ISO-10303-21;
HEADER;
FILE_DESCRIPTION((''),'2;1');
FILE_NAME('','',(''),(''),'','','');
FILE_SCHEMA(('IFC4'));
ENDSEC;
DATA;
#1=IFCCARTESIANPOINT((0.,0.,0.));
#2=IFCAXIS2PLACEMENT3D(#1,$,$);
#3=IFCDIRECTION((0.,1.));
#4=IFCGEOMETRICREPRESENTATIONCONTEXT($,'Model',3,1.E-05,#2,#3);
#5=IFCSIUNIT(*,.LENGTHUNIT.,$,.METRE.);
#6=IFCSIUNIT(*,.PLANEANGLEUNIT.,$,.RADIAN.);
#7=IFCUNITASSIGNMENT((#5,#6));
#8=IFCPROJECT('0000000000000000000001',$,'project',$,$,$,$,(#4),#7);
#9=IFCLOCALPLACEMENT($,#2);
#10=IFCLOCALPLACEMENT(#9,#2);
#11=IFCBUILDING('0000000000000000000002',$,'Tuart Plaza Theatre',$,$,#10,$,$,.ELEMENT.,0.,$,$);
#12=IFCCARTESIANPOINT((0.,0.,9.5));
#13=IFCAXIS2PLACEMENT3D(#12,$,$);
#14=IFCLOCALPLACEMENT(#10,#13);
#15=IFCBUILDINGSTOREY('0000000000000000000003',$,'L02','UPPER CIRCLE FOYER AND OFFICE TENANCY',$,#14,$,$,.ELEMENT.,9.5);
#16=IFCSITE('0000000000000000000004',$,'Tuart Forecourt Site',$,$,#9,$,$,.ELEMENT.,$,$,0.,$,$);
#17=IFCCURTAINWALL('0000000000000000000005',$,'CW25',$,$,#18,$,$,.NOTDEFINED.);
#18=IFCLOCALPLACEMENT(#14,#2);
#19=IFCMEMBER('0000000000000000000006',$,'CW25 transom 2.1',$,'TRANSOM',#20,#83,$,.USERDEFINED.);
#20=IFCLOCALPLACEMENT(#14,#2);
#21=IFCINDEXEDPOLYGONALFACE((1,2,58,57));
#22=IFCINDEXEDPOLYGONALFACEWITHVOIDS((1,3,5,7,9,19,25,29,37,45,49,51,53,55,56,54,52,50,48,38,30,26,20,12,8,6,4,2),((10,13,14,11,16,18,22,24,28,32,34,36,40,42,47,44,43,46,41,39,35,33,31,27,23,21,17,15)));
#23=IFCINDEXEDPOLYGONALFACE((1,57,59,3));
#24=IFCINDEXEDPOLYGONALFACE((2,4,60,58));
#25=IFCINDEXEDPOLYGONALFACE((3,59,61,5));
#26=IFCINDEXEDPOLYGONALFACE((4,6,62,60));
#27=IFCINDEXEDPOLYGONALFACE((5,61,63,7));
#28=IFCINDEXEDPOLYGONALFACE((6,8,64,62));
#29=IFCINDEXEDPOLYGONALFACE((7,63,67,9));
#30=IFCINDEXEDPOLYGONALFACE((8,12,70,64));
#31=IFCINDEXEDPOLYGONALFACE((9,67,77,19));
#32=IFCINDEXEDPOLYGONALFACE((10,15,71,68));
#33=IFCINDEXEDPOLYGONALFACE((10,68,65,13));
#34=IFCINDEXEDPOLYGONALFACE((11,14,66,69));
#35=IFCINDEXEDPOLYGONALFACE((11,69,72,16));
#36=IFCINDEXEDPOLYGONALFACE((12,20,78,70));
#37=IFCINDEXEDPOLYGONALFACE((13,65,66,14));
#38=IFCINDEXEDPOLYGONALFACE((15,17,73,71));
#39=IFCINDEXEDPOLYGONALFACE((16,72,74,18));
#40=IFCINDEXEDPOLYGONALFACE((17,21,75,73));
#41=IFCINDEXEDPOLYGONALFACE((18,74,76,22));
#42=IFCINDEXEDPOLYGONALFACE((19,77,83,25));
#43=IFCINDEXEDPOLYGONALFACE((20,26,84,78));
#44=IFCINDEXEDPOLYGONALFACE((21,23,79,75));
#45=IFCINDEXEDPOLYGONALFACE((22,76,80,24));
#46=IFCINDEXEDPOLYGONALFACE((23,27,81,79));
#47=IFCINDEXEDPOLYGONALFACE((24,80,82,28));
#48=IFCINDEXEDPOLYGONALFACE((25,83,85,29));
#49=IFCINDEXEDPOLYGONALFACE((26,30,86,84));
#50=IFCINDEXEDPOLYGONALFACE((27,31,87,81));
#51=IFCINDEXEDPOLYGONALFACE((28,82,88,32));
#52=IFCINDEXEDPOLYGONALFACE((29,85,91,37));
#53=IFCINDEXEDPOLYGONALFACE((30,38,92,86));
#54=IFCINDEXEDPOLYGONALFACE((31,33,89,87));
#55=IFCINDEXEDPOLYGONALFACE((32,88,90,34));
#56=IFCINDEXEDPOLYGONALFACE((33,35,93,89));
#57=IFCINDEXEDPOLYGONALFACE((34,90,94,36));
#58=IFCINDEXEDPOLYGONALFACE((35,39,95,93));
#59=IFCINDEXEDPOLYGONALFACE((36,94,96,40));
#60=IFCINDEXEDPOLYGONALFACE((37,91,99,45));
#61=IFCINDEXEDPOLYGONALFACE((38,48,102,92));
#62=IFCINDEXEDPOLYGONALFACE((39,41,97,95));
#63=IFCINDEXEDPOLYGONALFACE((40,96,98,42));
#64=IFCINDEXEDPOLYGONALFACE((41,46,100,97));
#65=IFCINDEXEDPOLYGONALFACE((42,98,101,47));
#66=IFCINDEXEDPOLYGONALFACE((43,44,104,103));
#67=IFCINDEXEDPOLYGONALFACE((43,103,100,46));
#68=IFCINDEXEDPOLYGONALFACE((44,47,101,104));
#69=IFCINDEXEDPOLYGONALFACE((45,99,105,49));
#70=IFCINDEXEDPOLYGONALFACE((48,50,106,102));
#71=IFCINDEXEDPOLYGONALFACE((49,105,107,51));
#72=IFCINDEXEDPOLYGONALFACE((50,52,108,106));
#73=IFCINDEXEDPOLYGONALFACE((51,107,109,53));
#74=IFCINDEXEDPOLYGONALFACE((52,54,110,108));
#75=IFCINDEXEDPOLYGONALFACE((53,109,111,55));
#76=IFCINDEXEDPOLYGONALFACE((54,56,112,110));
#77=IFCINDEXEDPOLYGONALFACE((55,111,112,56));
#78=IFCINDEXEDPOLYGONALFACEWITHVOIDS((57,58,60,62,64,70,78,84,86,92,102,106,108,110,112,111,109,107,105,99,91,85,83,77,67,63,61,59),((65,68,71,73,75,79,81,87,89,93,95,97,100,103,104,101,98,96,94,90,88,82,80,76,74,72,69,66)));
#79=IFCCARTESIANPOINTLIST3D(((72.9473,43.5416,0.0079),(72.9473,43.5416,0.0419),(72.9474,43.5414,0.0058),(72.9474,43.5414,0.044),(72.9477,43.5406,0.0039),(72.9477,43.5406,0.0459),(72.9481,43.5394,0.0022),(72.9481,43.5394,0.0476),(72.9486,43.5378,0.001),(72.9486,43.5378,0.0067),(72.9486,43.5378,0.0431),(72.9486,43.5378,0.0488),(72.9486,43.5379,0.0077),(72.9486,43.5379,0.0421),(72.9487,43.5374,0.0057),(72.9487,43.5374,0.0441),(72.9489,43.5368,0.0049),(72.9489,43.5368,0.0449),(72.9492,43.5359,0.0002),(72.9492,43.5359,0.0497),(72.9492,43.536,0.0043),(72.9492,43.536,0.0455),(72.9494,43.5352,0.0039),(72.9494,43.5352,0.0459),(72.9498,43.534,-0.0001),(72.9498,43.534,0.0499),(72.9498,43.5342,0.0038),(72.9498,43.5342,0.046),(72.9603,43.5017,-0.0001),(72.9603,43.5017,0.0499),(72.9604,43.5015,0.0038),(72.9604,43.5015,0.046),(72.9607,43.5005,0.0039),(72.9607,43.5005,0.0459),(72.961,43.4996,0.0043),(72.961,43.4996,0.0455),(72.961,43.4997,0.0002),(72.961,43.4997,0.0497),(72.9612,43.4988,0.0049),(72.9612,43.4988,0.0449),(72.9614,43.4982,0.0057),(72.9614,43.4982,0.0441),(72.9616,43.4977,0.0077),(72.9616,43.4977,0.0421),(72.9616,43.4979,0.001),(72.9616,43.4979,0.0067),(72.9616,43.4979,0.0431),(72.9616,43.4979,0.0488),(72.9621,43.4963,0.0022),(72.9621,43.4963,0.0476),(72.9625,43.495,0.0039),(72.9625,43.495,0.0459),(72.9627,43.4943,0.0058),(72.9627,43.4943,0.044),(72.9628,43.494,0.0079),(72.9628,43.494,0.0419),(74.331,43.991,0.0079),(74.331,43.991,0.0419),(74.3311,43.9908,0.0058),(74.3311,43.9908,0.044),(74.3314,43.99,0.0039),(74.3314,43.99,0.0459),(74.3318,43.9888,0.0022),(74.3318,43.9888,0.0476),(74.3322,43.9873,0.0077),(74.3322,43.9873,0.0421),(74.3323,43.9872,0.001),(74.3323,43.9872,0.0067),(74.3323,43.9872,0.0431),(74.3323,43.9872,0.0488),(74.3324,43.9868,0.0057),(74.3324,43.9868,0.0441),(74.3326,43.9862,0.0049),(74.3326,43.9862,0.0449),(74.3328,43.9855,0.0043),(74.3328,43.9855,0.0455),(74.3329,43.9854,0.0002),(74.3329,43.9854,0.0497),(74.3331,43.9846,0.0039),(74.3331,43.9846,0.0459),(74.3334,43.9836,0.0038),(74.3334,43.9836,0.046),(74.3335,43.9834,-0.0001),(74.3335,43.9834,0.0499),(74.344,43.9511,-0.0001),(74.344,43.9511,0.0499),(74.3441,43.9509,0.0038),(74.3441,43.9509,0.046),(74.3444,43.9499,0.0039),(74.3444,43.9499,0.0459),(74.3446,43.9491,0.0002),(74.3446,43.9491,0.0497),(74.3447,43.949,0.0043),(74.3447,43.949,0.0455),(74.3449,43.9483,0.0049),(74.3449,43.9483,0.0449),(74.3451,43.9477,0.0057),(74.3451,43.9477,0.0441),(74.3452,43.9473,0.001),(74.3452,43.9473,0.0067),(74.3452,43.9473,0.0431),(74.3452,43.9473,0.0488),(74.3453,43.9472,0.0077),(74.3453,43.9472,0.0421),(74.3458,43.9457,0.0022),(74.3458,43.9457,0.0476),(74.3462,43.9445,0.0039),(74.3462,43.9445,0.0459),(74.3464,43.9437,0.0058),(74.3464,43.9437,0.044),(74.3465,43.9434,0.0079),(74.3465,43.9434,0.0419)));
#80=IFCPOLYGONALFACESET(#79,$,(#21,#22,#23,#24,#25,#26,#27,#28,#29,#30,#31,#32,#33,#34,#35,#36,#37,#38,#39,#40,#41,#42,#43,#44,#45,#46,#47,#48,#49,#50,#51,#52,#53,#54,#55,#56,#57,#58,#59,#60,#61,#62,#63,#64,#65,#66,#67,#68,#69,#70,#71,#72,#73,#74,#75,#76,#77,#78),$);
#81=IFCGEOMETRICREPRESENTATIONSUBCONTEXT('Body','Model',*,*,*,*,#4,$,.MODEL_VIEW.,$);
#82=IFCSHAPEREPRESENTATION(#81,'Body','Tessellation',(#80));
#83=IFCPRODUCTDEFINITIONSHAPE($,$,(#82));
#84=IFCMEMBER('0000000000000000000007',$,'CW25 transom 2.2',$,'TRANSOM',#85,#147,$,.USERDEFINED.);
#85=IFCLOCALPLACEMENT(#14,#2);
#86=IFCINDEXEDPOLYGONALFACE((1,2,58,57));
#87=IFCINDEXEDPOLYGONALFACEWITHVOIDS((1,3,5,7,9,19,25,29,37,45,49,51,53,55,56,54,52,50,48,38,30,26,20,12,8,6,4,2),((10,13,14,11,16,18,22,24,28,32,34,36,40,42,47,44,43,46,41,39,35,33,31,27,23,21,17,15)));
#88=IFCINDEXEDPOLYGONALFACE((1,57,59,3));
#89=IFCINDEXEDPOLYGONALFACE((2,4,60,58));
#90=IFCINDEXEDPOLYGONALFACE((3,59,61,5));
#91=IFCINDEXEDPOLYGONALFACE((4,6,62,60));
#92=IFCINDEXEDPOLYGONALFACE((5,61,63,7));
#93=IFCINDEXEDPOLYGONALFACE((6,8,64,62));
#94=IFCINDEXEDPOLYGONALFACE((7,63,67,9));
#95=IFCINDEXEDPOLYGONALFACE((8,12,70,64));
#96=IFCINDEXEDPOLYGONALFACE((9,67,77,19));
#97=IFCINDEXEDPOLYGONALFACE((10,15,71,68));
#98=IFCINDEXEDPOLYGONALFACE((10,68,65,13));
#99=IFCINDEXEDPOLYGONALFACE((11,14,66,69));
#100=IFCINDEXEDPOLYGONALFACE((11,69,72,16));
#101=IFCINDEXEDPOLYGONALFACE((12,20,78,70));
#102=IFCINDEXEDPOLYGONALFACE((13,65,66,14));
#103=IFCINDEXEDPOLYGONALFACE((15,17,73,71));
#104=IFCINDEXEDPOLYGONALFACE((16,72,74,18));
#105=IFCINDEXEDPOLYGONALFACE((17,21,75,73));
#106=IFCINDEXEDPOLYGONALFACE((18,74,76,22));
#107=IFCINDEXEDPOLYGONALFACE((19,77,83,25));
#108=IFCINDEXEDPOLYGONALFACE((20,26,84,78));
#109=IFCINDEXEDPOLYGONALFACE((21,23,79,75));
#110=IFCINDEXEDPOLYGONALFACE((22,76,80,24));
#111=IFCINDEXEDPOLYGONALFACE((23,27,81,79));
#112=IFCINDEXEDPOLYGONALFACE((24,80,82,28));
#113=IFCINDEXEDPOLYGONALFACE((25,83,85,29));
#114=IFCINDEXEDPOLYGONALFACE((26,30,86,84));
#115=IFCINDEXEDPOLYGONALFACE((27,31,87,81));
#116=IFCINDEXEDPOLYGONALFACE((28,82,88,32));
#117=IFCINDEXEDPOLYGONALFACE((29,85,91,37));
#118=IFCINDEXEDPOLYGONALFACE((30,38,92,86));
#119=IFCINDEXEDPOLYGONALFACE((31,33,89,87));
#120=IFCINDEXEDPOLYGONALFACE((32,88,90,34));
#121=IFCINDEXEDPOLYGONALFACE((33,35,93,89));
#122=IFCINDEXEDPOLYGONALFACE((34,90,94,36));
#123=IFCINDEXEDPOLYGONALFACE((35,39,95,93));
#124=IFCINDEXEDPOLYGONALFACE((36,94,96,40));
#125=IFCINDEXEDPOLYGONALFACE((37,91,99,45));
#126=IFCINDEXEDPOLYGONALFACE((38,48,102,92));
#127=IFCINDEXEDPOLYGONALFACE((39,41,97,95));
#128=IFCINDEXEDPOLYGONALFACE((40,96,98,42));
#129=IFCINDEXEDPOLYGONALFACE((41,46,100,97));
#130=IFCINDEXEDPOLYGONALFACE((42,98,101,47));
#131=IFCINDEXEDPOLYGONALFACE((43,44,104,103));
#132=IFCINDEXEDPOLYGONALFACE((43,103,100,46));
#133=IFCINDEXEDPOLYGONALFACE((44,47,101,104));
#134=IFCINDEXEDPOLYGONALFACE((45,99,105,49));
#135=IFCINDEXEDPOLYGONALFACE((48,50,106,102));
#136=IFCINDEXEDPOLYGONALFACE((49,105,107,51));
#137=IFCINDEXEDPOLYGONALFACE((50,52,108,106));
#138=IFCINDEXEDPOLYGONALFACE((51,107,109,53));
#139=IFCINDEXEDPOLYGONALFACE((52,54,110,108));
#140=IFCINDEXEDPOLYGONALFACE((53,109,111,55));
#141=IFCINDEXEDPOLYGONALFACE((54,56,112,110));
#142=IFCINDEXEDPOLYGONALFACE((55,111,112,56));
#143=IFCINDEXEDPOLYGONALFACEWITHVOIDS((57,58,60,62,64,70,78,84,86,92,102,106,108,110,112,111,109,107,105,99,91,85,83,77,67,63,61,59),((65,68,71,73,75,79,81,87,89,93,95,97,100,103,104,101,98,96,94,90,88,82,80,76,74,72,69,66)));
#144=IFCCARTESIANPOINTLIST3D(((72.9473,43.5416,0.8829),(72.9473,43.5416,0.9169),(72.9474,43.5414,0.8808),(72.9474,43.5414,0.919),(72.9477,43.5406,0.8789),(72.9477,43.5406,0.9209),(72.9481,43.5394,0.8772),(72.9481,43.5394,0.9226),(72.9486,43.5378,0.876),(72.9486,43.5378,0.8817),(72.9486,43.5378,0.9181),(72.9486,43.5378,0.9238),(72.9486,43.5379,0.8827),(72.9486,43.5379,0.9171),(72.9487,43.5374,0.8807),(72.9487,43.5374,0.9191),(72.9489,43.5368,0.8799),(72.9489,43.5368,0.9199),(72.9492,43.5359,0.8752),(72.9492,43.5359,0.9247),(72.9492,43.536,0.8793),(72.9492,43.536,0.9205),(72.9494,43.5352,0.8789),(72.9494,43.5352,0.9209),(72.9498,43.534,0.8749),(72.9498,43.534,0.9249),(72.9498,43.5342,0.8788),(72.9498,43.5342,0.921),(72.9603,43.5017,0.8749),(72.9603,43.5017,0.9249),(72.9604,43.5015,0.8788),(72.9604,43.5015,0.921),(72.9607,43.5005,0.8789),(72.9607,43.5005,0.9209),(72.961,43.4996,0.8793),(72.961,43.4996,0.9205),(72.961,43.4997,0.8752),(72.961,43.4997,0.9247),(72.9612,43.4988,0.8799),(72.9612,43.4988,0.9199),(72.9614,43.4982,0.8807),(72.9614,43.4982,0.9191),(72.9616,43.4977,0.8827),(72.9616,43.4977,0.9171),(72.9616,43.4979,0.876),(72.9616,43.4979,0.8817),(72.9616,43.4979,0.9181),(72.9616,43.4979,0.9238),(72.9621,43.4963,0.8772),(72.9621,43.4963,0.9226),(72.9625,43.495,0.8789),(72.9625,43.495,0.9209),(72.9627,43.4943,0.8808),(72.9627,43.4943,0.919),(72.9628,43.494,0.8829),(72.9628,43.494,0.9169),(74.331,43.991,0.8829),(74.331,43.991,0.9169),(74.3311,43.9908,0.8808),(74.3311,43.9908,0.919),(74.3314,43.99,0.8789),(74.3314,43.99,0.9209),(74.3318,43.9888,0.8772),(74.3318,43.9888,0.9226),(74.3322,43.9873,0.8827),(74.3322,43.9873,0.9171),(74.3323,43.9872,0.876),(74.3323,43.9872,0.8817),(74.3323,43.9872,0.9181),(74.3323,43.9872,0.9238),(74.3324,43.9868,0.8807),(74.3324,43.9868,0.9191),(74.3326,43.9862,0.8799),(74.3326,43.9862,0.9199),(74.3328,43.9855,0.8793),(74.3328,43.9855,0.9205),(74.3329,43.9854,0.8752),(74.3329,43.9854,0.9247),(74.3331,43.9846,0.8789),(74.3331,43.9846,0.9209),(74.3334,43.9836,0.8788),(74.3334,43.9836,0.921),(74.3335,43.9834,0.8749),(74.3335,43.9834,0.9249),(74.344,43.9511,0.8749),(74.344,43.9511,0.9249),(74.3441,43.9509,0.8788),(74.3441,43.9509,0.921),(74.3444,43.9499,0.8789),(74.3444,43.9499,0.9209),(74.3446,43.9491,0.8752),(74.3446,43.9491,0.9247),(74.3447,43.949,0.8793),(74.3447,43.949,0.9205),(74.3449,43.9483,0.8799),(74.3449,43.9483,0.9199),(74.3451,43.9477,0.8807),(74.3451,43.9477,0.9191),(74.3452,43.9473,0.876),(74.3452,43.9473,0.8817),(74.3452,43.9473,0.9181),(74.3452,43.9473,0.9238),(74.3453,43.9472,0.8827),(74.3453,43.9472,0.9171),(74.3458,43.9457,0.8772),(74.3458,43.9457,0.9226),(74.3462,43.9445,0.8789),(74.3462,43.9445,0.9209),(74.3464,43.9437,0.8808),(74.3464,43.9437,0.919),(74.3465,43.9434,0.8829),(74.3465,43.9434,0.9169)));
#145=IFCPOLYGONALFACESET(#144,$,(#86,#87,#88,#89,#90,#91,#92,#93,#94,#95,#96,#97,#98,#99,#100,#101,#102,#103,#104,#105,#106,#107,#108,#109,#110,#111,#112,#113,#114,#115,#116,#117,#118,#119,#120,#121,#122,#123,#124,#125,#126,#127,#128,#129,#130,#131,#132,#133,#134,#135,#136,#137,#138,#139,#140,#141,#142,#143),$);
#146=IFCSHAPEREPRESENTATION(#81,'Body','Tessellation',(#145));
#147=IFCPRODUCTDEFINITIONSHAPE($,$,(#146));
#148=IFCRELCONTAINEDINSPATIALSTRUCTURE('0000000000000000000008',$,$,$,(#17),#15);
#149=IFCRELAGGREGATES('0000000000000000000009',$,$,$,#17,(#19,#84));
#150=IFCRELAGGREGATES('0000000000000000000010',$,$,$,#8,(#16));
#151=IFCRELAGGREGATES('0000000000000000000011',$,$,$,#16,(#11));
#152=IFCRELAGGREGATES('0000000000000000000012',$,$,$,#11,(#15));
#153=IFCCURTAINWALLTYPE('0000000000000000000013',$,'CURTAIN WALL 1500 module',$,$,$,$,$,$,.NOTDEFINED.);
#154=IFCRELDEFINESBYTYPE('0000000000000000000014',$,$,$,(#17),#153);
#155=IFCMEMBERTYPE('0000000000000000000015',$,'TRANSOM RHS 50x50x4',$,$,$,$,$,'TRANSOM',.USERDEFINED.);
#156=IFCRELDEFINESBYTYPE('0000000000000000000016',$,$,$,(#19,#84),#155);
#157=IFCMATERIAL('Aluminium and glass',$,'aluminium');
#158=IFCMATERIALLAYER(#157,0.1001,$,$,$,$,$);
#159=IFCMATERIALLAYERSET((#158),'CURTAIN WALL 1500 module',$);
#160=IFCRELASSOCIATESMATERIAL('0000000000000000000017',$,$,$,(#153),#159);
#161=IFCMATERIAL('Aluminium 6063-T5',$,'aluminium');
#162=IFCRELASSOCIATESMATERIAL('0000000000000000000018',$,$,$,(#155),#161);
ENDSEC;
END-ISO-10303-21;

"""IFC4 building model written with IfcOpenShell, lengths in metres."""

from ifc_helpers import new_model, si_unit, direction, frame, origin, origin_2d, place, context, subcontext, project, spatial, hollow_rectangle, extrude, material, layer, layer_set, material_profile, profile_set, type_object, element, aggregate, save


model = new_model("IFC4")

# Units and contexts
model_context = context("Model", 3, precision=1e-05, world=origin(), true_north=direction((0.0, 1.0)))
body_context = subcontext(model_context, "Body", "Model", "MODEL_VIEW")
ifc_project = project(units=[si_unit("LENGTHUNIT", "METRE"), si_unit("PLANEANGLEUNIT", "RADIAN")], contexts=[model_context])

# Site, building, storey
site_placement = place(None, origin())
site = spatial("IfcSite", under=ifc_project, at=site_placement, Name="Tuart Forecourt Site", CompositionType="ELEMENT", RefElevation=0.0)
building_placement = place(site_placement, origin())
building = spatial("IfcBuilding", under=site, at=building_placement, Name="Tuart Plaza Theatre", CompositionType="ELEMENT", ElevationOfRefHeight=0.0)
storey_placement = place(building_placement, frame((0.0, 0.0, 9.5)))
storey = spatial("IfcBuildingStorey", under=building, at=storey_placement, Name="L02", Description="UPPER CIRCLE FOYER AND OFFICE TENANCY", CompositionType="ELEMENT", Elevation=9.5)

# Curtain wall, members
ifc_material_1 = material(Name="Aluminium and glass", Category="aluminium")
ifc_layer_1 = layer(ifc_material_1, 0.1001)
ifc_layer_set_1 = layer_set([ifc_layer_1], Name="CURTAIN WALL 1500 module")
curtain_wall_type = type_object("IfcCurtainWallType", Name="CURTAIN WALL 1500 module", PredefinedType="NOTDEFINED", material=ifc_layer_set_1)
curtain_wall_placement = place(storey_placement, origin())
curtain_wall = element("IfcCurtainWall", 1, at=curtain_wall_placement, inside=storey, type_object=curtain_wall_type, Name="CW25", PredefinedType="NOTDEFINED")
ifc_material_2 = material(Name="Aluminium 6063-T5", Category="aluminium")
ifc_material_profile_1 = material_profile(ifc_material_2, hollow_rectangle(XDim=0.05, YDim=0.05, WallThickness=0.0039, InnerFilletRadius=0.0039, OuterFilletRadius=0.0081, at=origin_2d()), Name="RHS 50x50x4")
ifc_profile_set_1 = profile_set([ifc_material_profile_1], Name="Aluminium 6063-T5")
member_type_1 = type_object("IfcMemberType", Name="TRANSOM RHS 50x50x4", ElementType="TRANSOM", PredefinedType="USERDEFINED", material=ifc_profile_set_1)
member_1_placement = place(storey_placement, frame((72.9551, 43.5178, 0.0249), z_axis=(0.951088, 0.308919, 0.0), x_axis=(-0.308919, 0.951088, 0.0)))
member_1 = element("IfcMember", 2, at=member_1_placement, type_object=member_type_1, Name="CW25 transom 2.1", ObjectType="TRANSOM", PredefinedType="USERDEFINED", context=body_context, shape_type="SweptSolid", body=[
    extrude(hollow_rectangle(XDim=0.05, YDim=0.05, WallThickness=0.0039, InnerFilletRadius=0.0039, OuterFilletRadius=0.0081, at=origin_2d()), origin(), (0.0, 0.0, 1.0), 1.4548),
])
member_2_placement = place(storey_placement, frame((72.9551, 43.5178, 0.8999), z_axis=(0.951088, 0.308919, 0.0), x_axis=(-0.308919, 0.951088, 0.0)))
member_2 = element("IfcMember", 3, at=member_2_placement, type_object=member_type_1, Name="CW25 transom 2.2", ObjectType="TRANSOM", PredefinedType="USERDEFINED", context=body_context, shape_type="SweptSolid", body=[
    extrude(hollow_rectangle(XDim=0.05, YDim=0.05, WallThickness=0.0039, InnerFilletRadius=0.0039, OuterFilletRadius=0.0081, at=origin_2d()), origin(), (0.0, 0.0, 1.0), 1.4548),
])
aggregate(curtain_wall, [member_1, member_2])

save(model, "model.ifc")
